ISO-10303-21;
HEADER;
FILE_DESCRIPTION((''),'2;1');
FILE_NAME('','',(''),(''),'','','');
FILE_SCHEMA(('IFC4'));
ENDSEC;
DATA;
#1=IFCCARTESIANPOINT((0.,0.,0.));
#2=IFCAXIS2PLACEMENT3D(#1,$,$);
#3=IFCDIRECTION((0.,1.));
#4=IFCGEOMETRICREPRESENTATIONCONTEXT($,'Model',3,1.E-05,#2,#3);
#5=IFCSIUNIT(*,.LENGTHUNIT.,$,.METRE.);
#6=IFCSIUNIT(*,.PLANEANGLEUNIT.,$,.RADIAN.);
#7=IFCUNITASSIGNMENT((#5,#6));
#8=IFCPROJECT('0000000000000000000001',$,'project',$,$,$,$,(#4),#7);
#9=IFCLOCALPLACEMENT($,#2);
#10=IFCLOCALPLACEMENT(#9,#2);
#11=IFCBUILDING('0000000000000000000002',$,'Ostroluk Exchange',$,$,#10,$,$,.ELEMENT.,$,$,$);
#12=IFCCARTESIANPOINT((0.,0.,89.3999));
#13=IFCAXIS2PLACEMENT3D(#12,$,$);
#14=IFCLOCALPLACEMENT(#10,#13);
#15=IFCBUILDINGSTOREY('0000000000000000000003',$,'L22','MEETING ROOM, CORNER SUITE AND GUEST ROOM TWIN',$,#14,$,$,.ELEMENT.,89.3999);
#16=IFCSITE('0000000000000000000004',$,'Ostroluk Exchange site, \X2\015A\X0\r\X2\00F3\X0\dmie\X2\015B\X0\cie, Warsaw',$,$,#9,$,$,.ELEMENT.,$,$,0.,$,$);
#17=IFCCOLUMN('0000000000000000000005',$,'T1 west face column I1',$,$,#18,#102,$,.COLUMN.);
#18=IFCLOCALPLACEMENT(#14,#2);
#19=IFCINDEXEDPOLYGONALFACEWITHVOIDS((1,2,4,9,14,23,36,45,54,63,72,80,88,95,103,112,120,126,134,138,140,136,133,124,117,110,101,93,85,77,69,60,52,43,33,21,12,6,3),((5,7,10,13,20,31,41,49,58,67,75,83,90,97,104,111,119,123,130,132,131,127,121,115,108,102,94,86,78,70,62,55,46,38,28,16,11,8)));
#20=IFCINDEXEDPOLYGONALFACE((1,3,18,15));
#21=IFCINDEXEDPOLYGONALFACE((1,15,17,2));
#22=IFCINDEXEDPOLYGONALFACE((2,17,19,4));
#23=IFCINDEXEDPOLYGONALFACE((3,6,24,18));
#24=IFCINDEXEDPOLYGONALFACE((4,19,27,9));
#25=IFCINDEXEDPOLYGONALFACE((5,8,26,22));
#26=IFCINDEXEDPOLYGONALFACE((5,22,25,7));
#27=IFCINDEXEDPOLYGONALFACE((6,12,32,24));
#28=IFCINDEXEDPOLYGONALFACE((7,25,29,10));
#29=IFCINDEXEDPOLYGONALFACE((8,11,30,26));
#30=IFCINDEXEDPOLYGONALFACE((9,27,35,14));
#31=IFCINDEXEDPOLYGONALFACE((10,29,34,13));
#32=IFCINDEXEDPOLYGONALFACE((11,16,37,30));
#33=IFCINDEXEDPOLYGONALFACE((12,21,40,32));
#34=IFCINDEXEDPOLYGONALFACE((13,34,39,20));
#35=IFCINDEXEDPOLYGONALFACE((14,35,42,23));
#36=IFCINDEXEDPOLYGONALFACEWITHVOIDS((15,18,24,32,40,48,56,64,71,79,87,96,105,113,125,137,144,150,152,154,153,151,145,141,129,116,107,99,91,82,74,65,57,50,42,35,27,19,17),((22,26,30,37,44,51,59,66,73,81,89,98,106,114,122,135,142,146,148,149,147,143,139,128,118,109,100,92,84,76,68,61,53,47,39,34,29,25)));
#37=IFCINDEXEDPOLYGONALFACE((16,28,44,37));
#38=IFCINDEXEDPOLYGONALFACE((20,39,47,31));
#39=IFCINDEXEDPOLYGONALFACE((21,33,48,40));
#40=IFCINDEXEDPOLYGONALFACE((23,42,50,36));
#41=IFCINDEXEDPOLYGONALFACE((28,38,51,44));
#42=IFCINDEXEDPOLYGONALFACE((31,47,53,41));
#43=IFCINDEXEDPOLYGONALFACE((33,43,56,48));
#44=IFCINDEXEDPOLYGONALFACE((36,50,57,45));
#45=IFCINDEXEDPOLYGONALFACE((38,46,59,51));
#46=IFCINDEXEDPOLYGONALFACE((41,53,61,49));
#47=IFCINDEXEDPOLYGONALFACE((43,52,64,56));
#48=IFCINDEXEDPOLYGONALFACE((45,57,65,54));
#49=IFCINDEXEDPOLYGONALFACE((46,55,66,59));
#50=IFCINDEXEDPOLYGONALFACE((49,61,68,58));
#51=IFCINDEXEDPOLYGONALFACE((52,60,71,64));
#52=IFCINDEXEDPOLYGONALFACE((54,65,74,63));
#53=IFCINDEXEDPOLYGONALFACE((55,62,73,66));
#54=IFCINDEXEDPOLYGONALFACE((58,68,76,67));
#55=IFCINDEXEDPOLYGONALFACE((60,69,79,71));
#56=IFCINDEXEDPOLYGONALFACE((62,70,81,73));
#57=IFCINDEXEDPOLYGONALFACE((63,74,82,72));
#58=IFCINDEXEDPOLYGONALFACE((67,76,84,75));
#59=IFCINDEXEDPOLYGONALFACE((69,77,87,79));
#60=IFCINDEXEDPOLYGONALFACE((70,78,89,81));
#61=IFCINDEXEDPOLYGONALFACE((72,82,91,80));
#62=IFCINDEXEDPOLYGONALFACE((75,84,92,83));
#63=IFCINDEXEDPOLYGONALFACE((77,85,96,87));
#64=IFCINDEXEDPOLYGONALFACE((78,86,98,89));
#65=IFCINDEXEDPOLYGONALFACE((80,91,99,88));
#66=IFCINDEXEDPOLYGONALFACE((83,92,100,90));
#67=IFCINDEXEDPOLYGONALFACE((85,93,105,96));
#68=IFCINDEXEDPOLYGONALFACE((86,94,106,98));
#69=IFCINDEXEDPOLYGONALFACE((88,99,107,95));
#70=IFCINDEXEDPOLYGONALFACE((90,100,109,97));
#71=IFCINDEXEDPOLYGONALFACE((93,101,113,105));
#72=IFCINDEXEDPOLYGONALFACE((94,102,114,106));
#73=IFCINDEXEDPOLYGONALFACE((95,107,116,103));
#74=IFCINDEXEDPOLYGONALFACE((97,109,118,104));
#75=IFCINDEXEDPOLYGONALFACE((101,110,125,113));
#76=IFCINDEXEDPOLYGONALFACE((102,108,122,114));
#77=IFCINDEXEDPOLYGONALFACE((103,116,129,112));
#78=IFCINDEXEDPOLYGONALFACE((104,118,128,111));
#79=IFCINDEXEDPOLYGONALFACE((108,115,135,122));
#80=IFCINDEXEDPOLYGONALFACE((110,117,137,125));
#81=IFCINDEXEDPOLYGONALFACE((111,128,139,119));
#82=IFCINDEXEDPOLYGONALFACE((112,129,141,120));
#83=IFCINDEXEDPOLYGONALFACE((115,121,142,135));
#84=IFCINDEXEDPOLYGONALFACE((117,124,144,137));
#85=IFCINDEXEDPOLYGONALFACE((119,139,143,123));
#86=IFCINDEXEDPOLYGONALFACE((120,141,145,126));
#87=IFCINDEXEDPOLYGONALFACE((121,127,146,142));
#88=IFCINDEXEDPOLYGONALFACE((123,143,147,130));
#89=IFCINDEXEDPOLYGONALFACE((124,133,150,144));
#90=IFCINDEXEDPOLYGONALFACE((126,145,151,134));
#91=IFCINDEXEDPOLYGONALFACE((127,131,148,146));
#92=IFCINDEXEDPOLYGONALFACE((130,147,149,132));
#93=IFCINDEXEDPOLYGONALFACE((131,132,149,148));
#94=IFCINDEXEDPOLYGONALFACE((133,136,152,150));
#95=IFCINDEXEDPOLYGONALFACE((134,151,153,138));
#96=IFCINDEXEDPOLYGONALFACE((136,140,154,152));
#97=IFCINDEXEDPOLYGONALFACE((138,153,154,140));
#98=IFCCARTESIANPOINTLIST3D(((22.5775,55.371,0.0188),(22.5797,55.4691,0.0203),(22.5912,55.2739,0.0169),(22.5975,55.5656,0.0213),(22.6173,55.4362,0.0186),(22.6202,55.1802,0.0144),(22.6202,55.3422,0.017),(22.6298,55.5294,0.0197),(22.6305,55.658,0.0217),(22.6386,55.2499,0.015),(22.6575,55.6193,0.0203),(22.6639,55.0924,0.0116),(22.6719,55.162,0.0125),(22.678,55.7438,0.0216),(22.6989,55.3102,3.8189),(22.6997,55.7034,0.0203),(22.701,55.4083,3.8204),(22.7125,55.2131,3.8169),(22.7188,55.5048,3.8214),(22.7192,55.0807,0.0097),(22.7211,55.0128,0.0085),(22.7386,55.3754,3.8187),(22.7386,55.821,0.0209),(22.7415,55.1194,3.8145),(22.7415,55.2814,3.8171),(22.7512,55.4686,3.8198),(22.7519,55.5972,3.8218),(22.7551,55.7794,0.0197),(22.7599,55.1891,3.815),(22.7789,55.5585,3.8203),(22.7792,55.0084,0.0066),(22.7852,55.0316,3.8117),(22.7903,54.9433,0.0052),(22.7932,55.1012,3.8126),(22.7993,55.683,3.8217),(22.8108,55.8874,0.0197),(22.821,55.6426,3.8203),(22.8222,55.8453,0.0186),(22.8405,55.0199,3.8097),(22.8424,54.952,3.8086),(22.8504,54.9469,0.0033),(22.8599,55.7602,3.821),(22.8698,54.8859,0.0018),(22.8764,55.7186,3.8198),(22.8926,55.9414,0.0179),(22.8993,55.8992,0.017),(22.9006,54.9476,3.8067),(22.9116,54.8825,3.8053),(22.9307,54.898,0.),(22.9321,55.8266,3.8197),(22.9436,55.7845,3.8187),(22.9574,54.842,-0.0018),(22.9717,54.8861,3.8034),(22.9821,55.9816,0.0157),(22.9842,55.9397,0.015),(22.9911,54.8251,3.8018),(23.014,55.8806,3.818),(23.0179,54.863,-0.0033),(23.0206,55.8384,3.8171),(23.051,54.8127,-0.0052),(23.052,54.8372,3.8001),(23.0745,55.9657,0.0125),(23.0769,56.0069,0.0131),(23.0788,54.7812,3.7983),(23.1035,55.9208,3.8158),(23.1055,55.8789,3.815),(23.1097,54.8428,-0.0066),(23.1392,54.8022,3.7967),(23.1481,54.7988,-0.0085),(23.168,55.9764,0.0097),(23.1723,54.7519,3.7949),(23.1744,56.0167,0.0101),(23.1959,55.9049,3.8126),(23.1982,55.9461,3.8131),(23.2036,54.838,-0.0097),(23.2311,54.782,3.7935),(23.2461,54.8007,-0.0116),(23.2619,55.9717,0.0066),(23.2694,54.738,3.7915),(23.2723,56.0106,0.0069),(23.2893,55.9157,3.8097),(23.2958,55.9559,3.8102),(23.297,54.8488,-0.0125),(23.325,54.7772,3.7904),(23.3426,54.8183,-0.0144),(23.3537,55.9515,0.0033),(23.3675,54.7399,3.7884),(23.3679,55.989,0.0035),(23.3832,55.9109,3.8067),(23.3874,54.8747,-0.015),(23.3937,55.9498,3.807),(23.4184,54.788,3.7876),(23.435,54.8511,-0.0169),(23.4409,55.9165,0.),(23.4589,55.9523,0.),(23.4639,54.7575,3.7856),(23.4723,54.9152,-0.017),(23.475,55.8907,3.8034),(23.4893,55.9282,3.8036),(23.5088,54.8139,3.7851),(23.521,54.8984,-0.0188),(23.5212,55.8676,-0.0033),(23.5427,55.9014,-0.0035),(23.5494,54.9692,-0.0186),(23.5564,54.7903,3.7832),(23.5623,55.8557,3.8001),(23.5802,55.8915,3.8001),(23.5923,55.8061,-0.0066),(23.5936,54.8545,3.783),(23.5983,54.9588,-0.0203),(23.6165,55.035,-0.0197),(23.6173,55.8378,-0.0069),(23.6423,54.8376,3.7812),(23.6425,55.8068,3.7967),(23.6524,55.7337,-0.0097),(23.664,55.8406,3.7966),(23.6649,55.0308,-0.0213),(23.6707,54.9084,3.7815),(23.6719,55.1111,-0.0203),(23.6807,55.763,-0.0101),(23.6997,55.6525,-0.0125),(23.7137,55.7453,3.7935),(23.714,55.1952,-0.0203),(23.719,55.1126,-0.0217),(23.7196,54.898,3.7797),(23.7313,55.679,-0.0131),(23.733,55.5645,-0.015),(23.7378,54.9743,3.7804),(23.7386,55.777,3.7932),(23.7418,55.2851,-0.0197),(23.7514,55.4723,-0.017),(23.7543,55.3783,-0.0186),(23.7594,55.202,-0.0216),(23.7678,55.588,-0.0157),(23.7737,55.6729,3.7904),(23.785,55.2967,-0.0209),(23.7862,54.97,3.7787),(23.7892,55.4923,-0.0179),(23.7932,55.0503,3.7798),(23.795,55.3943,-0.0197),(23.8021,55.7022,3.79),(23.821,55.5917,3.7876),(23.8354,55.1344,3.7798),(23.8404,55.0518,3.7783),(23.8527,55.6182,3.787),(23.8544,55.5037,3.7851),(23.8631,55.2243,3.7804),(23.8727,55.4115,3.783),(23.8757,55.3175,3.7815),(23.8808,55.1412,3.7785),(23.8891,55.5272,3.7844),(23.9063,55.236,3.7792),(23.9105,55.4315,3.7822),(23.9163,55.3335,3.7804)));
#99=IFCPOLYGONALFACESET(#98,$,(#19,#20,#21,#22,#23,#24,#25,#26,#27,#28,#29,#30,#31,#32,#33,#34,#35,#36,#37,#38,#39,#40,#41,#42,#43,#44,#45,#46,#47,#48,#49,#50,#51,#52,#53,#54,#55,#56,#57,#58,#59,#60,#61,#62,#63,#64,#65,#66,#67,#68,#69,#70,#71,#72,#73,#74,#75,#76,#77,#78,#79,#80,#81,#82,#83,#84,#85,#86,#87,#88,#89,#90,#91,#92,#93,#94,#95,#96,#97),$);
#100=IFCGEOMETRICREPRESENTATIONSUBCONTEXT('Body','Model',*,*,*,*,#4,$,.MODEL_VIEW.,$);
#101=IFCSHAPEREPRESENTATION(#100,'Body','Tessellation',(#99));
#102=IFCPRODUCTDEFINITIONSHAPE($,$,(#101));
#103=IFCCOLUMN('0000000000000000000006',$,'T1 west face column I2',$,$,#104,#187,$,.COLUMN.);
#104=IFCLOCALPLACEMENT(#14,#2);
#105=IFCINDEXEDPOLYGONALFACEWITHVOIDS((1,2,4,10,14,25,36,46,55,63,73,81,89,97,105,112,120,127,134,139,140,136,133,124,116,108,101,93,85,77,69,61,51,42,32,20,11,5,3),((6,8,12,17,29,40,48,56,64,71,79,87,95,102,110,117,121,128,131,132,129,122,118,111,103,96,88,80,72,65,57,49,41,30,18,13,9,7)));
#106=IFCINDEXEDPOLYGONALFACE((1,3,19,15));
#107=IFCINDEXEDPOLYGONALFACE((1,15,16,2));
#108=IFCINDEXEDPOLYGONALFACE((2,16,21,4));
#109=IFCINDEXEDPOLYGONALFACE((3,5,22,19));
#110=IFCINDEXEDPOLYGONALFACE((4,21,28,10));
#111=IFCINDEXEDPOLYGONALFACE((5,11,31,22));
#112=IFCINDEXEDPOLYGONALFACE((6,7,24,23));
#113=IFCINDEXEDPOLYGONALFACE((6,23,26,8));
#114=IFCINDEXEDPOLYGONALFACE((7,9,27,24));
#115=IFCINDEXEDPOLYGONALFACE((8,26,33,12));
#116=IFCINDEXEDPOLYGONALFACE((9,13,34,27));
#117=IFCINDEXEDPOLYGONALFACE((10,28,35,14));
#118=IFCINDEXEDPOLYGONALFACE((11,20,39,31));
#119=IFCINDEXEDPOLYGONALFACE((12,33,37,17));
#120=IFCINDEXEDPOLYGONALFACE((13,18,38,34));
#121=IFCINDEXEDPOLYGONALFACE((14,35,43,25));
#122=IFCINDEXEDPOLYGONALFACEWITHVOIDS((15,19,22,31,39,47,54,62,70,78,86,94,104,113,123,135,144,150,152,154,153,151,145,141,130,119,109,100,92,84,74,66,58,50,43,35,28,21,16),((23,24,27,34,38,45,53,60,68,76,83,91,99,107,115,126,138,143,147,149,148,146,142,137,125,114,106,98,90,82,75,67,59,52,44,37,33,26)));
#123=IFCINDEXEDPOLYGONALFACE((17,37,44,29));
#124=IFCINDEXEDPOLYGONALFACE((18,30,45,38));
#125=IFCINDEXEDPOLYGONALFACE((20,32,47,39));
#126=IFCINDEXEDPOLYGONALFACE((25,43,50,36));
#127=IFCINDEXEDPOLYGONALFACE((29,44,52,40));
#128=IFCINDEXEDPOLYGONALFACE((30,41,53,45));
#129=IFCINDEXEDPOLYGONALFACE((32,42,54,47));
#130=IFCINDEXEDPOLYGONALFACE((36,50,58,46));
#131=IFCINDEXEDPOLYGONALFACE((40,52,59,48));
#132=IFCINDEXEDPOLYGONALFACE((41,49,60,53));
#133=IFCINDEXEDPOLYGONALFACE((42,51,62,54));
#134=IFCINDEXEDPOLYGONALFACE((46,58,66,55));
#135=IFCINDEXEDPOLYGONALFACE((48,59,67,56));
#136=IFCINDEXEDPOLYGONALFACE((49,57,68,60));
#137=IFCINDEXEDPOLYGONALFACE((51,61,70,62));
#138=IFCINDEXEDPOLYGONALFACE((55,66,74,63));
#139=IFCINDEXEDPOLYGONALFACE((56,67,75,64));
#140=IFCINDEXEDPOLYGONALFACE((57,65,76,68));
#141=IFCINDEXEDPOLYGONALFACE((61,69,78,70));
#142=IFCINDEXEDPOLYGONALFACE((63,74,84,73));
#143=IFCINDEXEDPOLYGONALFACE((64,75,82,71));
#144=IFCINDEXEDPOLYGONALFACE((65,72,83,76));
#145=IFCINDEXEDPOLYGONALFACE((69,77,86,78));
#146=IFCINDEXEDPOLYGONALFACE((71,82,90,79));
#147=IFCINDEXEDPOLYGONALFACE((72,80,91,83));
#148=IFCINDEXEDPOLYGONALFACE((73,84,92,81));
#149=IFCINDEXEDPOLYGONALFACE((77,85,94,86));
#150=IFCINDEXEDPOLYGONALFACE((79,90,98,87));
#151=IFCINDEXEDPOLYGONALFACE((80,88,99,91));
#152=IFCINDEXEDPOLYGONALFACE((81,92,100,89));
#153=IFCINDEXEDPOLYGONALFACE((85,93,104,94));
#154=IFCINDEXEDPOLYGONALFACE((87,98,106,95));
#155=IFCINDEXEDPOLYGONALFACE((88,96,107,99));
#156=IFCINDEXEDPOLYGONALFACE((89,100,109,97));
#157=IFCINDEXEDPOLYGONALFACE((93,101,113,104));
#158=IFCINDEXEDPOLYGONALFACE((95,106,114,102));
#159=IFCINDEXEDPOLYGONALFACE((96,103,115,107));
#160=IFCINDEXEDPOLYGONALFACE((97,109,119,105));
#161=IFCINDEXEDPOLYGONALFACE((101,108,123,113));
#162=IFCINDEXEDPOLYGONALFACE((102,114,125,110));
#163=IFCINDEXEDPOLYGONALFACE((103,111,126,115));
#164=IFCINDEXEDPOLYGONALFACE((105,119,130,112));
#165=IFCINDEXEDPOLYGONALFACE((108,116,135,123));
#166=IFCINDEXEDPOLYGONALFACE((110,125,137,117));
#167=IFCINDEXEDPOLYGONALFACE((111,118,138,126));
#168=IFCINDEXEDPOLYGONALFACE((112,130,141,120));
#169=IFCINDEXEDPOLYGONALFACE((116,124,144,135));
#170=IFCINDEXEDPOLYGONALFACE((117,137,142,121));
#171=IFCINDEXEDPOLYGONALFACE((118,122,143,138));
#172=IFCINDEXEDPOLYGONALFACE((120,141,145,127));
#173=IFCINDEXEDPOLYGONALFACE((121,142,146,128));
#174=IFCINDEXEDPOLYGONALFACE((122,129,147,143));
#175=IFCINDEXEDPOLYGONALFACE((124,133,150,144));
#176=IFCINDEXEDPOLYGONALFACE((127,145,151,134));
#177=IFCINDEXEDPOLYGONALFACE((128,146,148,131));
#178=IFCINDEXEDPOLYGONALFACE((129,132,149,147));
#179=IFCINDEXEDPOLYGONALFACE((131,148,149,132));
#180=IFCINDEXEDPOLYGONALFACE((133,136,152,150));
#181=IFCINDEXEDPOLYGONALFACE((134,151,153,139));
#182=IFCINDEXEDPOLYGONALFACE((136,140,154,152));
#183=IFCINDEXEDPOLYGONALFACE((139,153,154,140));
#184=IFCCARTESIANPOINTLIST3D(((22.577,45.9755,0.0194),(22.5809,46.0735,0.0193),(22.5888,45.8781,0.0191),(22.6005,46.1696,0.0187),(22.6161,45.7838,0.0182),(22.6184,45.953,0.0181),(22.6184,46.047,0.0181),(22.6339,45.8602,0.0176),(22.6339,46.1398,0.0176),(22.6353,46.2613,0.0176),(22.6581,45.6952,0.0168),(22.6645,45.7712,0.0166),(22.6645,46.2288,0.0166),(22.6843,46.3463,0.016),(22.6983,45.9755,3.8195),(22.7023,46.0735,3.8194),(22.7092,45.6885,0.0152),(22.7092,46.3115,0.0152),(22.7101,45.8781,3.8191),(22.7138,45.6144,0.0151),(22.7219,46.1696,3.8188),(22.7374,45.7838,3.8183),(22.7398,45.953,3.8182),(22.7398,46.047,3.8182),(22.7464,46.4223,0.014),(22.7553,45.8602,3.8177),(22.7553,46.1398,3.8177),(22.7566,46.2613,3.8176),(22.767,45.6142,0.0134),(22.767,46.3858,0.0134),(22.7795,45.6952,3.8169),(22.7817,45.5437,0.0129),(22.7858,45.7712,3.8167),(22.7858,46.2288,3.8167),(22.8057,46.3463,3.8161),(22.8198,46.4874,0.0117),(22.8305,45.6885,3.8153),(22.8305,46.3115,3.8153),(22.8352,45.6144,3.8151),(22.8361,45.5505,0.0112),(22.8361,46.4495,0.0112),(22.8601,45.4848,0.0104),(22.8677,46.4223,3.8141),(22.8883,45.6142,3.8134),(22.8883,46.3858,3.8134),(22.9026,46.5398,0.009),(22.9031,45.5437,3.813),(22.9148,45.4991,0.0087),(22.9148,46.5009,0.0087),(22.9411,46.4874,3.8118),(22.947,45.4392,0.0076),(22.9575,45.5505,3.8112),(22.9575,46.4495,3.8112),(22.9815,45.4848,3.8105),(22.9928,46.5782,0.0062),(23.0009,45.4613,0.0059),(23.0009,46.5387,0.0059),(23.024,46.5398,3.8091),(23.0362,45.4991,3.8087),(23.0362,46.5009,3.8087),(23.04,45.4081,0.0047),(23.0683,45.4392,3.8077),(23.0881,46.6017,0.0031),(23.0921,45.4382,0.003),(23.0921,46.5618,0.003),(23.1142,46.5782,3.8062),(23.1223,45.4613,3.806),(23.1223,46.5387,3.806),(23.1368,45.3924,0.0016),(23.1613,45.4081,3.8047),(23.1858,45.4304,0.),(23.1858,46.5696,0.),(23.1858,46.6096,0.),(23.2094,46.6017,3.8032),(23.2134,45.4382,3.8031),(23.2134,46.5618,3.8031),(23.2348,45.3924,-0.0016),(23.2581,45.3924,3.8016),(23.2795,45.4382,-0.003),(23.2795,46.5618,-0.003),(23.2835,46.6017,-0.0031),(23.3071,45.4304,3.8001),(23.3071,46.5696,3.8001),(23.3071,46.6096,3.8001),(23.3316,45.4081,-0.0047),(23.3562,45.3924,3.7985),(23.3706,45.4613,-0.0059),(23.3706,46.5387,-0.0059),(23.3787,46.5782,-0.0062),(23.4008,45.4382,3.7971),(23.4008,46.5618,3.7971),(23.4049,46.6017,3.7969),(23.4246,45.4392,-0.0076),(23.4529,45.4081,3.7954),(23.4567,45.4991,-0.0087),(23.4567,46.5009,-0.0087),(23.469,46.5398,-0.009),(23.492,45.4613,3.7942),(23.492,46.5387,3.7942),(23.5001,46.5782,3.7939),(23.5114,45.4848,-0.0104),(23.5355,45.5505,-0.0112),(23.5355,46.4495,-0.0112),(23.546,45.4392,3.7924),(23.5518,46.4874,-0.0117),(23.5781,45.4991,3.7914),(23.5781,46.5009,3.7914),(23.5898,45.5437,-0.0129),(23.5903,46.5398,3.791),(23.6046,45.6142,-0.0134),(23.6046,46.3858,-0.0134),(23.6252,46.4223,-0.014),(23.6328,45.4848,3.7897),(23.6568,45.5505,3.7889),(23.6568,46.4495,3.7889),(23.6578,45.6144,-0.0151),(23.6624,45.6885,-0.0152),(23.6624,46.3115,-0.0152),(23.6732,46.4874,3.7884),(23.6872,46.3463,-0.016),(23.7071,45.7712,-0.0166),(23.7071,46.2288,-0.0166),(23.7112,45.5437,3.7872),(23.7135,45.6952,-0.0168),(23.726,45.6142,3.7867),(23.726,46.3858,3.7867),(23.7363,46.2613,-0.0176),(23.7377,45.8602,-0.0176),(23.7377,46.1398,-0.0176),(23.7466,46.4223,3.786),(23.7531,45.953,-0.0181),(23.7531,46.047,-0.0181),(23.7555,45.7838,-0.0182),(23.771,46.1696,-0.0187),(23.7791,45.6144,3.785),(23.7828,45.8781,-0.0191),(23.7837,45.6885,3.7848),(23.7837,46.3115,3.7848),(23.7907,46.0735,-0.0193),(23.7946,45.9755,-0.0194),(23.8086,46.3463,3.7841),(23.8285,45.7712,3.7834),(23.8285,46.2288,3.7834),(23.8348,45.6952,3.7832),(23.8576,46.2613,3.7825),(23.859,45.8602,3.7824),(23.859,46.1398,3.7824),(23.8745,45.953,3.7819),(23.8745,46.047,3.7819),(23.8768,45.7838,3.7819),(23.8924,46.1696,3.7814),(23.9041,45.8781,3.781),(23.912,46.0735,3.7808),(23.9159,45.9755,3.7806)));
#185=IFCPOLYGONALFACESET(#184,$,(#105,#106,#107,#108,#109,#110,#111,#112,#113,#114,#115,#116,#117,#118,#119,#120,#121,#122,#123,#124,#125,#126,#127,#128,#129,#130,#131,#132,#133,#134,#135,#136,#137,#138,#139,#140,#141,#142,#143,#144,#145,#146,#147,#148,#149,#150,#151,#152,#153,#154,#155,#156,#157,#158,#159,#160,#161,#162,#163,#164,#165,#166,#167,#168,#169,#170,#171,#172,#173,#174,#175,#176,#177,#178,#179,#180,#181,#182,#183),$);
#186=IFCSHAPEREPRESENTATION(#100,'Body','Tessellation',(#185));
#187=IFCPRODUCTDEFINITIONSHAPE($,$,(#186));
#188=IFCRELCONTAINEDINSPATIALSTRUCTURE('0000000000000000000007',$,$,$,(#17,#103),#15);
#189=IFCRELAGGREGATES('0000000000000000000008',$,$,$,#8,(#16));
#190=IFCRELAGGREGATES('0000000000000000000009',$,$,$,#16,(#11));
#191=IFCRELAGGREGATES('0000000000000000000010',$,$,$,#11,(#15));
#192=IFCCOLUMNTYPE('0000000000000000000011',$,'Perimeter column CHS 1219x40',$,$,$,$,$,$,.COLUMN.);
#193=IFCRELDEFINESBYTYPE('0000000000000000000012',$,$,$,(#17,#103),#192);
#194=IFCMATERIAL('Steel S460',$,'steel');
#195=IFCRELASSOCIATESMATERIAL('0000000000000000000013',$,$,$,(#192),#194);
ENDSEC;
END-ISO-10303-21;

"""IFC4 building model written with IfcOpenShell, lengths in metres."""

from ifc_helpers import new_model, si_unit, direction, frame, origin, origin_2d, place, context, subcontext, project, spatial, hollow_circle, extrude, material, material_profile, profile_set, type_object, element, save


model = new_model("IFC4")

# Units and contexts
model_context = context("Model", 3, precision=1e-05, world=origin(), true_north=direction((0.0, 1.0)))
body_context = subcontext(model_context, "Body", "Model", "MODEL_VIEW")
ifc_project = project(units=[si_unit("LENGTHUNIT", "METRE"), si_unit("PLANEANGLEUNIT", "RADIAN")], contexts=[model_context])

# Site, building, storey
site_placement = place(None, origin())
site = spatial("IfcSite", under=ifc_project, at=site_placement, Name="Ostroluk Exchange site, Śródmieście, Warsaw", CompositionType="ELEMENT", RefElevation=0.0)
building_placement = place(site_placement, origin())
building = spatial("IfcBuilding", under=site, at=building_placement, Name="Ostroluk Exchange", CompositionType="ELEMENT")
storey_placement = place(building_placement, frame((0.0, 0.0, 89.3999)))
storey = spatial("IfcBuildingStorey", under=building, at=storey_placement, Name="L22", Description="MEETING ROOM, CORNER SUITE AND GUEST ROOM TWIN", CompositionType="ELEMENT", Elevation=89.3999)

# Columns
ifc_material_1 = material(Name="Steel S460", Category="steel")
ifc_material_profile_1 = material_profile(ifc_material_1, hollow_circle(Radius=0.6096, WallThickness=0.04, at=origin_2d()), Name="CHS 1219x40")
ifc_profile_set_1 = profile_set([ifc_material_profile_1], Name="Steel S460")
column_type = type_object("IfcColumnType", Name="Perimeter column CHS 1219x40", PredefinedType="COLUMN", material=ifc_profile_set_1)
column_1_placement = place(storey_placement, frame((23.1858, 55.4072, 0.0), z_axis=(0.03191, -0.015987, 0.999363), x_axis=(0.447933, 0.894067, 0.0)))
element("IfcColumn", 1, at=column_1_placement, inside=storey, type_object=column_type, Name="T1 west face column I1", PredefinedType="COLUMN", context=body_context, shape_type="SweptSolid", body=[
    extrude(hollow_circle(Radius=0.6096, WallThickness=0.04, at=origin_2d()), origin(), (0.0, 0.0, 1.0), 3.8025),
])
column_2_placement = place(storey_placement, frame((23.1858, 46.0, 0.0), z_axis=(0.031914, 0.0, 0.999491), x_axis=(0.0, 1.0, 0.0)))
element("IfcColumn", 2, at=column_2_placement, inside=storey, type_object=column_type, Name="T1 west face column I2", PredefinedType="COLUMN", context=body_context, shape_type="SweptSolid", body=[
    extrude(hollow_circle(Radius=0.6096, WallThickness=0.04, at=origin_2d()), origin(), (0.0, 0.0, 1.0), 3.802),
])

save(model, "model.ifc")
